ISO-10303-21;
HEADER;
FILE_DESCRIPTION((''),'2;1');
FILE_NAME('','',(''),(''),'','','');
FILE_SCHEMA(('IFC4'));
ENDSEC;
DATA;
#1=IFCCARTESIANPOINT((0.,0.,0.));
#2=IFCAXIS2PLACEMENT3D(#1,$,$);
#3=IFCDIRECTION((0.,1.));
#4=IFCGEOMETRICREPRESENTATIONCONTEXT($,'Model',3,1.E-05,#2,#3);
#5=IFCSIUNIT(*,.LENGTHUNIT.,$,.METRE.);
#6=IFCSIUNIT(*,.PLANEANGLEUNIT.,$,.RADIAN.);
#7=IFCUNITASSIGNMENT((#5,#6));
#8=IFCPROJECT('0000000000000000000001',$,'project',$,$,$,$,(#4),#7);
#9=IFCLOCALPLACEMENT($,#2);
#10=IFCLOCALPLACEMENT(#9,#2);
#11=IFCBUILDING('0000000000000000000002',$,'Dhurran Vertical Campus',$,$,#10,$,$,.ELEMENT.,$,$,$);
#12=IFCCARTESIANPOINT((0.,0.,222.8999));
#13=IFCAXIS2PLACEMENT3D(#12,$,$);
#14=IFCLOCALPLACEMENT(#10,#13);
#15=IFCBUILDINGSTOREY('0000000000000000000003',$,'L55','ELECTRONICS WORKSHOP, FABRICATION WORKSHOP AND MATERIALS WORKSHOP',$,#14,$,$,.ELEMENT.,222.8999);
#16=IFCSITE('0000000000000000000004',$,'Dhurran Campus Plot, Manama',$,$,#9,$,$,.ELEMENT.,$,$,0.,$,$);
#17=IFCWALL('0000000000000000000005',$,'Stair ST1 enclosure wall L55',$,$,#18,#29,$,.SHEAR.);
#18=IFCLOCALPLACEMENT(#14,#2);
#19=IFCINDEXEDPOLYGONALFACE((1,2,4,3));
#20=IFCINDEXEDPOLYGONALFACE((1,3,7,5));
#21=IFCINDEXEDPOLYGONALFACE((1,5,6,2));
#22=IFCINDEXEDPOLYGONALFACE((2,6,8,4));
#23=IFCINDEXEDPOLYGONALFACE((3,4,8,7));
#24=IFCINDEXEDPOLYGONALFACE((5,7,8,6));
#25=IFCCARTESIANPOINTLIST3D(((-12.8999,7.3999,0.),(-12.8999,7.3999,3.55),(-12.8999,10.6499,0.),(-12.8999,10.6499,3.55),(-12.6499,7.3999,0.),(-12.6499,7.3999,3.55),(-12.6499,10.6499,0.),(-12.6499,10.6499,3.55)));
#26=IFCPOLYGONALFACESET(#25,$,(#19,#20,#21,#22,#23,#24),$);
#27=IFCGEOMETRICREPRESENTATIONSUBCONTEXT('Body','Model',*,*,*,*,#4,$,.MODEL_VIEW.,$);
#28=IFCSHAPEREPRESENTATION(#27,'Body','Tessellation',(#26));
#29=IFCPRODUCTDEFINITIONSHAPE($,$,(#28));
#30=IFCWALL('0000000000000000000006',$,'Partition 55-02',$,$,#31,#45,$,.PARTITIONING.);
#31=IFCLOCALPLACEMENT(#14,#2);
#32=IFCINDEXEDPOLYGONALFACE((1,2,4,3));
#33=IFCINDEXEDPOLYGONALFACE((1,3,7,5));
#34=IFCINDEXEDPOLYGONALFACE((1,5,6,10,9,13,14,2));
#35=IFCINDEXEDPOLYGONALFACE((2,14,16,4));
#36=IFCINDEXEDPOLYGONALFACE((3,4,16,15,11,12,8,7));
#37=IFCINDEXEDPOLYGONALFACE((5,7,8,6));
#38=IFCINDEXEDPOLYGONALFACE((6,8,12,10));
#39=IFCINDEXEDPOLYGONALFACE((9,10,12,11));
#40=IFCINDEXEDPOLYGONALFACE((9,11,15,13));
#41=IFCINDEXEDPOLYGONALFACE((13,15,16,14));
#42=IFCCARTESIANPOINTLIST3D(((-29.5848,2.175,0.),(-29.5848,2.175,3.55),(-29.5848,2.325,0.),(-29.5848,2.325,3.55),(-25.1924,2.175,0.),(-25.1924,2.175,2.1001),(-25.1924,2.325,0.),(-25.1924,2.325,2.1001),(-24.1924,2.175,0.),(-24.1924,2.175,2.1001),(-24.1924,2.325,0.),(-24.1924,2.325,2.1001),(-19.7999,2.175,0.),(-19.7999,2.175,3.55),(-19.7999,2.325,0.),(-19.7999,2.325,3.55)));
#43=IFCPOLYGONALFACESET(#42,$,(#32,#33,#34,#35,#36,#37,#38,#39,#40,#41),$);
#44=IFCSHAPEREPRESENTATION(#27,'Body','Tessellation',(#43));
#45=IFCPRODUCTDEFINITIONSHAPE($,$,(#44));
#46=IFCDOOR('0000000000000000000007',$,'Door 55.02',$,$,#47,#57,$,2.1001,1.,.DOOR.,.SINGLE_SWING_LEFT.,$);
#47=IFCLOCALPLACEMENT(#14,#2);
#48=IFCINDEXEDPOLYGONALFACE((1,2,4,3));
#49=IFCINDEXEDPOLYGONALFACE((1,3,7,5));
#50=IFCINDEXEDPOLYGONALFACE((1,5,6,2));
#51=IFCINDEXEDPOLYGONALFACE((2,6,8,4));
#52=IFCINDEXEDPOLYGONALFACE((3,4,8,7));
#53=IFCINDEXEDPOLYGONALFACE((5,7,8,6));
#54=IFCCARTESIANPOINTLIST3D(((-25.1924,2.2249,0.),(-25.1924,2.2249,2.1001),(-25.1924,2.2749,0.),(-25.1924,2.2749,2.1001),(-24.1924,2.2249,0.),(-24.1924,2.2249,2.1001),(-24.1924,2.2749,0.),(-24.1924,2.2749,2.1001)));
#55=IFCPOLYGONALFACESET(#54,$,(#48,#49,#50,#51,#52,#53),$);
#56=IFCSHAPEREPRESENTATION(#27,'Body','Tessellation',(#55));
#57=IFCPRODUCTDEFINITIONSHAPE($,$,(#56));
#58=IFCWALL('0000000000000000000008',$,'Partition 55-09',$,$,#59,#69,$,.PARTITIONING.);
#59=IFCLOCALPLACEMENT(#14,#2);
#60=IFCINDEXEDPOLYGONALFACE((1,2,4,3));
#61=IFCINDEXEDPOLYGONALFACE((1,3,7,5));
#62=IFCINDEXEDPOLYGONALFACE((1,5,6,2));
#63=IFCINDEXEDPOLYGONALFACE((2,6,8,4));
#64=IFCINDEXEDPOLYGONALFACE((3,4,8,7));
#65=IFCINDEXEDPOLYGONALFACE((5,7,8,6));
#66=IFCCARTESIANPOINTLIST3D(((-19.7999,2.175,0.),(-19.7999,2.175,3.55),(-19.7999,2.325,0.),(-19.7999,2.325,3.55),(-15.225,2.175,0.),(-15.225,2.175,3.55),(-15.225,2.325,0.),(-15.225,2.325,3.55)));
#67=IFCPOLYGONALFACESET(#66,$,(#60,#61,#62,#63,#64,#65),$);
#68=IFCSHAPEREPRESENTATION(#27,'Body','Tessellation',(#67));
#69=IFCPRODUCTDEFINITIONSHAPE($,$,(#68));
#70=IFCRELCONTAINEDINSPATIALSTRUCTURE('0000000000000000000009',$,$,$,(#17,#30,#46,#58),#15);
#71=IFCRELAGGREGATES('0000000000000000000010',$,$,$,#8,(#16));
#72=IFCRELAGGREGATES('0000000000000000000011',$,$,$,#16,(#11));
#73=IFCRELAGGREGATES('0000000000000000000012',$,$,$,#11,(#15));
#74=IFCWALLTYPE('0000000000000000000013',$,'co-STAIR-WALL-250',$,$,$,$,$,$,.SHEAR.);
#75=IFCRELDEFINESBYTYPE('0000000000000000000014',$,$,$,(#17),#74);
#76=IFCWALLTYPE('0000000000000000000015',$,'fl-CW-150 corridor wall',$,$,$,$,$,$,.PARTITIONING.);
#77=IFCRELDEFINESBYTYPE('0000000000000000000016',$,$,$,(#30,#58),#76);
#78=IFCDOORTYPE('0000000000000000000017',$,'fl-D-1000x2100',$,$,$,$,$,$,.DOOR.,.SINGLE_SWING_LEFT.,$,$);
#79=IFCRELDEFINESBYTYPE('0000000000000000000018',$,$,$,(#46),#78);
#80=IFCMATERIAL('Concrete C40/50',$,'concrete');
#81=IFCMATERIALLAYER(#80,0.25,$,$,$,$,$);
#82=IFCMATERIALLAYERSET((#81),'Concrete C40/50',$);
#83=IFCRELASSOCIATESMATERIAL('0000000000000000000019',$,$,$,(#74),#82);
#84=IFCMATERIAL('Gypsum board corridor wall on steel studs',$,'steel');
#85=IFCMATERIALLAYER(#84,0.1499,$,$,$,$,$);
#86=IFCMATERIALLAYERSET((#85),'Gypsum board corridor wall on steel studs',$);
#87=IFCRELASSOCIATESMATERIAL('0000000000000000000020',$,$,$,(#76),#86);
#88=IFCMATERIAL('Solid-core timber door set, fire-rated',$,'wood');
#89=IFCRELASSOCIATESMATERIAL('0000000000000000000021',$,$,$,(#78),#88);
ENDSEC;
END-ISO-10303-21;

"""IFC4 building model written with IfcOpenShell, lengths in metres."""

from ifc_helpers import new_model, si_unit, direction, frame, frame_2d, origin, place, context, subcontext, project, spatial, rectangle, extrude, material, layer, layer_set, type_object, element, fill, save


model = new_model("IFC4")

# Units and contexts
model_context = context("Model", 3, precision=1e-05, world=origin(), true_north=direction((0.0, 1.0)))
body_context = subcontext(model_context, "Body", "Model", "MODEL_VIEW")
ifc_project = project(units=[si_unit("LENGTHUNIT", "METRE"), si_unit("PLANEANGLEUNIT", "RADIAN")], contexts=[model_context])

# Site, building, storey
site_placement = place(None, origin())
site = spatial("IfcSite", under=ifc_project, at=site_placement, Name="Dhurran Campus Plot, Manama", CompositionType="ELEMENT", RefElevation=0.0)
building_placement = place(site_placement, origin())
building = spatial("IfcBuilding", under=site, at=building_placement, Name="Dhurran Vertical Campus", CompositionType="ELEMENT")
storey_placement = place(building_placement, frame((0.0, 0.0, 222.8999)))
storey = spatial("IfcBuildingStorey", under=building, at=storey_placement, Name="L55", Description="ELECTRONICS WORKSHOP, FABRICATION WORKSHOP AND MATERIALS WORKSHOP", CompositionType="ELEMENT", Elevation=222.8999)

# Shared definitions
ifc_material_1 = material(Name="Concrete C40/50", Category="concrete")
ifc_layer_1 = layer(ifc_material_1, 0.25)
ifc_layer_set_1 = layer_set([ifc_layer_1], Name="Concrete C40/50")
wall_type_1 = type_object("IfcWallType", Name="co-STAIR-WALL-250", PredefinedType="SHEAR", material=ifc_layer_set_1)

# Wall
wall_1_placement = place(storey_placement, frame((-12.7749, 7.3999, 0.0), z_axis=(0.0, 0.0, 1.0), x_axis=(0.0, 1.0, 0.0)))
element("IfcWall", 1, at=wall_1_placement, inside=storey, type_object=wall_type_1, Name="Stair ST1 enclosure wall L55", PredefinedType="SHEAR", context=body_context, shape_type="SweptSolid", body=[
    extrude(rectangle(XDim=3.25, YDim=0.25, at=frame_2d((1.625, 0.0))), origin(), (0.0, 0.0, 1.0), 3.55),
])

# Wall, opening, door
ifc_material_2 = material(Name="Gypsum board corridor wall on steel studs", Category="steel")
ifc_layer_2 = layer(ifc_material_2, 0.1499)
ifc_layer_set_2 = layer_set([ifc_layer_2], Name="Gypsum board corridor wall on steel studs")
wall_type_2 = type_object("IfcWallType", Name="fl-CW-150 corridor wall", PredefinedType="PARTITIONING", material=ifc_layer_set_2)
wall_2_placement = place(storey_placement, frame((-29.585, 2.25, 0.0), z_axis=(0.0, 0.0, 1.0), x_axis=(1.0, 0.0, 0.0)))
wall_2 = element("IfcWall", 2, at=wall_2_placement, inside=storey, type_object=wall_type_2, Name="Partition 55-02", PredefinedType="PARTITIONING", context=body_context, shape_type="SweptSolid", body=[
    extrude(rectangle(XDim=9.7849, YDim=0.1499, at=frame_2d((4.8926, 0.0))), origin(), (0.0, 0.0, 1.0), 3.55),
])
opening_1_placement = place(wall_2_placement, frame((4.3926, 0.0, 0.0)))
opening_1 = element("IfcOpeningElement", 3, at=opening_1_placement, cuts=wall_2, PredefinedType="OPENING", context=body_context, shape_type="SweptSolid", body=[
    extrude(rectangle(XDim=1.0, YDim=2.1001, at=frame_2d((0.5, 1.05))), frame((0.0, 0.085, 0.0), z_axis=(0.0, -1.0, 0.0), x_axis=(1.0, 0.0, 0.0)), (0.0, 0.0, 1.0), 0.1699),
])
ifc_material_3 = material(Name="Solid-core timber door set, fire-rated", Category="wood")
door_type_1 = type_object("IfcDoorType", Name="fl-D-1000x2100", OperationType="SINGLE_SWING_LEFT", PredefinedType="DOOR", material=ifc_material_3)
door_1_placement = place(opening_1_placement, origin())
door_1 = element("IfcDoor", 4, at=door_1_placement, inside=storey, type_object=door_type_1, Name="Door 55.02", OperationType="SINGLE_SWING_LEFT", OverallHeight=2.1001, OverallWidth=1.0, PredefinedType="DOOR", context=body_context, shape_type="SweptSolid", body=[
    extrude(rectangle(XDim=1.0, YDim=2.1001, at=frame_2d((0.5, 1.05))), frame((0.0, 0.0249, 0.0), z_axis=(0.0, -1.0, 0.0), x_axis=(1.0, 0.0, 0.0)), (0.0, 0.0, 1.0), 0.05),
])
fill(opening_1, door_1)

# Wall
wall_3_placement = place(storey_placement, frame((-19.8, 2.25, 0.0), z_axis=(0.0, 0.0, 1.0), x_axis=(1.0, 0.0, 0.0)))
element("IfcWall", 5, at=wall_3_placement, inside=storey, type_object=wall_type_2, Name="Partition 55-09", PredefinedType="PARTITIONING", context=body_context, shape_type="SweptSolid", body=[
    extrude(rectangle(XDim=4.575, YDim=0.1499, at=frame_2d((2.2876, 0.0))), origin(), (0.0, 0.0, 1.0), 3.55),
])

save(model, "model.ifc")
